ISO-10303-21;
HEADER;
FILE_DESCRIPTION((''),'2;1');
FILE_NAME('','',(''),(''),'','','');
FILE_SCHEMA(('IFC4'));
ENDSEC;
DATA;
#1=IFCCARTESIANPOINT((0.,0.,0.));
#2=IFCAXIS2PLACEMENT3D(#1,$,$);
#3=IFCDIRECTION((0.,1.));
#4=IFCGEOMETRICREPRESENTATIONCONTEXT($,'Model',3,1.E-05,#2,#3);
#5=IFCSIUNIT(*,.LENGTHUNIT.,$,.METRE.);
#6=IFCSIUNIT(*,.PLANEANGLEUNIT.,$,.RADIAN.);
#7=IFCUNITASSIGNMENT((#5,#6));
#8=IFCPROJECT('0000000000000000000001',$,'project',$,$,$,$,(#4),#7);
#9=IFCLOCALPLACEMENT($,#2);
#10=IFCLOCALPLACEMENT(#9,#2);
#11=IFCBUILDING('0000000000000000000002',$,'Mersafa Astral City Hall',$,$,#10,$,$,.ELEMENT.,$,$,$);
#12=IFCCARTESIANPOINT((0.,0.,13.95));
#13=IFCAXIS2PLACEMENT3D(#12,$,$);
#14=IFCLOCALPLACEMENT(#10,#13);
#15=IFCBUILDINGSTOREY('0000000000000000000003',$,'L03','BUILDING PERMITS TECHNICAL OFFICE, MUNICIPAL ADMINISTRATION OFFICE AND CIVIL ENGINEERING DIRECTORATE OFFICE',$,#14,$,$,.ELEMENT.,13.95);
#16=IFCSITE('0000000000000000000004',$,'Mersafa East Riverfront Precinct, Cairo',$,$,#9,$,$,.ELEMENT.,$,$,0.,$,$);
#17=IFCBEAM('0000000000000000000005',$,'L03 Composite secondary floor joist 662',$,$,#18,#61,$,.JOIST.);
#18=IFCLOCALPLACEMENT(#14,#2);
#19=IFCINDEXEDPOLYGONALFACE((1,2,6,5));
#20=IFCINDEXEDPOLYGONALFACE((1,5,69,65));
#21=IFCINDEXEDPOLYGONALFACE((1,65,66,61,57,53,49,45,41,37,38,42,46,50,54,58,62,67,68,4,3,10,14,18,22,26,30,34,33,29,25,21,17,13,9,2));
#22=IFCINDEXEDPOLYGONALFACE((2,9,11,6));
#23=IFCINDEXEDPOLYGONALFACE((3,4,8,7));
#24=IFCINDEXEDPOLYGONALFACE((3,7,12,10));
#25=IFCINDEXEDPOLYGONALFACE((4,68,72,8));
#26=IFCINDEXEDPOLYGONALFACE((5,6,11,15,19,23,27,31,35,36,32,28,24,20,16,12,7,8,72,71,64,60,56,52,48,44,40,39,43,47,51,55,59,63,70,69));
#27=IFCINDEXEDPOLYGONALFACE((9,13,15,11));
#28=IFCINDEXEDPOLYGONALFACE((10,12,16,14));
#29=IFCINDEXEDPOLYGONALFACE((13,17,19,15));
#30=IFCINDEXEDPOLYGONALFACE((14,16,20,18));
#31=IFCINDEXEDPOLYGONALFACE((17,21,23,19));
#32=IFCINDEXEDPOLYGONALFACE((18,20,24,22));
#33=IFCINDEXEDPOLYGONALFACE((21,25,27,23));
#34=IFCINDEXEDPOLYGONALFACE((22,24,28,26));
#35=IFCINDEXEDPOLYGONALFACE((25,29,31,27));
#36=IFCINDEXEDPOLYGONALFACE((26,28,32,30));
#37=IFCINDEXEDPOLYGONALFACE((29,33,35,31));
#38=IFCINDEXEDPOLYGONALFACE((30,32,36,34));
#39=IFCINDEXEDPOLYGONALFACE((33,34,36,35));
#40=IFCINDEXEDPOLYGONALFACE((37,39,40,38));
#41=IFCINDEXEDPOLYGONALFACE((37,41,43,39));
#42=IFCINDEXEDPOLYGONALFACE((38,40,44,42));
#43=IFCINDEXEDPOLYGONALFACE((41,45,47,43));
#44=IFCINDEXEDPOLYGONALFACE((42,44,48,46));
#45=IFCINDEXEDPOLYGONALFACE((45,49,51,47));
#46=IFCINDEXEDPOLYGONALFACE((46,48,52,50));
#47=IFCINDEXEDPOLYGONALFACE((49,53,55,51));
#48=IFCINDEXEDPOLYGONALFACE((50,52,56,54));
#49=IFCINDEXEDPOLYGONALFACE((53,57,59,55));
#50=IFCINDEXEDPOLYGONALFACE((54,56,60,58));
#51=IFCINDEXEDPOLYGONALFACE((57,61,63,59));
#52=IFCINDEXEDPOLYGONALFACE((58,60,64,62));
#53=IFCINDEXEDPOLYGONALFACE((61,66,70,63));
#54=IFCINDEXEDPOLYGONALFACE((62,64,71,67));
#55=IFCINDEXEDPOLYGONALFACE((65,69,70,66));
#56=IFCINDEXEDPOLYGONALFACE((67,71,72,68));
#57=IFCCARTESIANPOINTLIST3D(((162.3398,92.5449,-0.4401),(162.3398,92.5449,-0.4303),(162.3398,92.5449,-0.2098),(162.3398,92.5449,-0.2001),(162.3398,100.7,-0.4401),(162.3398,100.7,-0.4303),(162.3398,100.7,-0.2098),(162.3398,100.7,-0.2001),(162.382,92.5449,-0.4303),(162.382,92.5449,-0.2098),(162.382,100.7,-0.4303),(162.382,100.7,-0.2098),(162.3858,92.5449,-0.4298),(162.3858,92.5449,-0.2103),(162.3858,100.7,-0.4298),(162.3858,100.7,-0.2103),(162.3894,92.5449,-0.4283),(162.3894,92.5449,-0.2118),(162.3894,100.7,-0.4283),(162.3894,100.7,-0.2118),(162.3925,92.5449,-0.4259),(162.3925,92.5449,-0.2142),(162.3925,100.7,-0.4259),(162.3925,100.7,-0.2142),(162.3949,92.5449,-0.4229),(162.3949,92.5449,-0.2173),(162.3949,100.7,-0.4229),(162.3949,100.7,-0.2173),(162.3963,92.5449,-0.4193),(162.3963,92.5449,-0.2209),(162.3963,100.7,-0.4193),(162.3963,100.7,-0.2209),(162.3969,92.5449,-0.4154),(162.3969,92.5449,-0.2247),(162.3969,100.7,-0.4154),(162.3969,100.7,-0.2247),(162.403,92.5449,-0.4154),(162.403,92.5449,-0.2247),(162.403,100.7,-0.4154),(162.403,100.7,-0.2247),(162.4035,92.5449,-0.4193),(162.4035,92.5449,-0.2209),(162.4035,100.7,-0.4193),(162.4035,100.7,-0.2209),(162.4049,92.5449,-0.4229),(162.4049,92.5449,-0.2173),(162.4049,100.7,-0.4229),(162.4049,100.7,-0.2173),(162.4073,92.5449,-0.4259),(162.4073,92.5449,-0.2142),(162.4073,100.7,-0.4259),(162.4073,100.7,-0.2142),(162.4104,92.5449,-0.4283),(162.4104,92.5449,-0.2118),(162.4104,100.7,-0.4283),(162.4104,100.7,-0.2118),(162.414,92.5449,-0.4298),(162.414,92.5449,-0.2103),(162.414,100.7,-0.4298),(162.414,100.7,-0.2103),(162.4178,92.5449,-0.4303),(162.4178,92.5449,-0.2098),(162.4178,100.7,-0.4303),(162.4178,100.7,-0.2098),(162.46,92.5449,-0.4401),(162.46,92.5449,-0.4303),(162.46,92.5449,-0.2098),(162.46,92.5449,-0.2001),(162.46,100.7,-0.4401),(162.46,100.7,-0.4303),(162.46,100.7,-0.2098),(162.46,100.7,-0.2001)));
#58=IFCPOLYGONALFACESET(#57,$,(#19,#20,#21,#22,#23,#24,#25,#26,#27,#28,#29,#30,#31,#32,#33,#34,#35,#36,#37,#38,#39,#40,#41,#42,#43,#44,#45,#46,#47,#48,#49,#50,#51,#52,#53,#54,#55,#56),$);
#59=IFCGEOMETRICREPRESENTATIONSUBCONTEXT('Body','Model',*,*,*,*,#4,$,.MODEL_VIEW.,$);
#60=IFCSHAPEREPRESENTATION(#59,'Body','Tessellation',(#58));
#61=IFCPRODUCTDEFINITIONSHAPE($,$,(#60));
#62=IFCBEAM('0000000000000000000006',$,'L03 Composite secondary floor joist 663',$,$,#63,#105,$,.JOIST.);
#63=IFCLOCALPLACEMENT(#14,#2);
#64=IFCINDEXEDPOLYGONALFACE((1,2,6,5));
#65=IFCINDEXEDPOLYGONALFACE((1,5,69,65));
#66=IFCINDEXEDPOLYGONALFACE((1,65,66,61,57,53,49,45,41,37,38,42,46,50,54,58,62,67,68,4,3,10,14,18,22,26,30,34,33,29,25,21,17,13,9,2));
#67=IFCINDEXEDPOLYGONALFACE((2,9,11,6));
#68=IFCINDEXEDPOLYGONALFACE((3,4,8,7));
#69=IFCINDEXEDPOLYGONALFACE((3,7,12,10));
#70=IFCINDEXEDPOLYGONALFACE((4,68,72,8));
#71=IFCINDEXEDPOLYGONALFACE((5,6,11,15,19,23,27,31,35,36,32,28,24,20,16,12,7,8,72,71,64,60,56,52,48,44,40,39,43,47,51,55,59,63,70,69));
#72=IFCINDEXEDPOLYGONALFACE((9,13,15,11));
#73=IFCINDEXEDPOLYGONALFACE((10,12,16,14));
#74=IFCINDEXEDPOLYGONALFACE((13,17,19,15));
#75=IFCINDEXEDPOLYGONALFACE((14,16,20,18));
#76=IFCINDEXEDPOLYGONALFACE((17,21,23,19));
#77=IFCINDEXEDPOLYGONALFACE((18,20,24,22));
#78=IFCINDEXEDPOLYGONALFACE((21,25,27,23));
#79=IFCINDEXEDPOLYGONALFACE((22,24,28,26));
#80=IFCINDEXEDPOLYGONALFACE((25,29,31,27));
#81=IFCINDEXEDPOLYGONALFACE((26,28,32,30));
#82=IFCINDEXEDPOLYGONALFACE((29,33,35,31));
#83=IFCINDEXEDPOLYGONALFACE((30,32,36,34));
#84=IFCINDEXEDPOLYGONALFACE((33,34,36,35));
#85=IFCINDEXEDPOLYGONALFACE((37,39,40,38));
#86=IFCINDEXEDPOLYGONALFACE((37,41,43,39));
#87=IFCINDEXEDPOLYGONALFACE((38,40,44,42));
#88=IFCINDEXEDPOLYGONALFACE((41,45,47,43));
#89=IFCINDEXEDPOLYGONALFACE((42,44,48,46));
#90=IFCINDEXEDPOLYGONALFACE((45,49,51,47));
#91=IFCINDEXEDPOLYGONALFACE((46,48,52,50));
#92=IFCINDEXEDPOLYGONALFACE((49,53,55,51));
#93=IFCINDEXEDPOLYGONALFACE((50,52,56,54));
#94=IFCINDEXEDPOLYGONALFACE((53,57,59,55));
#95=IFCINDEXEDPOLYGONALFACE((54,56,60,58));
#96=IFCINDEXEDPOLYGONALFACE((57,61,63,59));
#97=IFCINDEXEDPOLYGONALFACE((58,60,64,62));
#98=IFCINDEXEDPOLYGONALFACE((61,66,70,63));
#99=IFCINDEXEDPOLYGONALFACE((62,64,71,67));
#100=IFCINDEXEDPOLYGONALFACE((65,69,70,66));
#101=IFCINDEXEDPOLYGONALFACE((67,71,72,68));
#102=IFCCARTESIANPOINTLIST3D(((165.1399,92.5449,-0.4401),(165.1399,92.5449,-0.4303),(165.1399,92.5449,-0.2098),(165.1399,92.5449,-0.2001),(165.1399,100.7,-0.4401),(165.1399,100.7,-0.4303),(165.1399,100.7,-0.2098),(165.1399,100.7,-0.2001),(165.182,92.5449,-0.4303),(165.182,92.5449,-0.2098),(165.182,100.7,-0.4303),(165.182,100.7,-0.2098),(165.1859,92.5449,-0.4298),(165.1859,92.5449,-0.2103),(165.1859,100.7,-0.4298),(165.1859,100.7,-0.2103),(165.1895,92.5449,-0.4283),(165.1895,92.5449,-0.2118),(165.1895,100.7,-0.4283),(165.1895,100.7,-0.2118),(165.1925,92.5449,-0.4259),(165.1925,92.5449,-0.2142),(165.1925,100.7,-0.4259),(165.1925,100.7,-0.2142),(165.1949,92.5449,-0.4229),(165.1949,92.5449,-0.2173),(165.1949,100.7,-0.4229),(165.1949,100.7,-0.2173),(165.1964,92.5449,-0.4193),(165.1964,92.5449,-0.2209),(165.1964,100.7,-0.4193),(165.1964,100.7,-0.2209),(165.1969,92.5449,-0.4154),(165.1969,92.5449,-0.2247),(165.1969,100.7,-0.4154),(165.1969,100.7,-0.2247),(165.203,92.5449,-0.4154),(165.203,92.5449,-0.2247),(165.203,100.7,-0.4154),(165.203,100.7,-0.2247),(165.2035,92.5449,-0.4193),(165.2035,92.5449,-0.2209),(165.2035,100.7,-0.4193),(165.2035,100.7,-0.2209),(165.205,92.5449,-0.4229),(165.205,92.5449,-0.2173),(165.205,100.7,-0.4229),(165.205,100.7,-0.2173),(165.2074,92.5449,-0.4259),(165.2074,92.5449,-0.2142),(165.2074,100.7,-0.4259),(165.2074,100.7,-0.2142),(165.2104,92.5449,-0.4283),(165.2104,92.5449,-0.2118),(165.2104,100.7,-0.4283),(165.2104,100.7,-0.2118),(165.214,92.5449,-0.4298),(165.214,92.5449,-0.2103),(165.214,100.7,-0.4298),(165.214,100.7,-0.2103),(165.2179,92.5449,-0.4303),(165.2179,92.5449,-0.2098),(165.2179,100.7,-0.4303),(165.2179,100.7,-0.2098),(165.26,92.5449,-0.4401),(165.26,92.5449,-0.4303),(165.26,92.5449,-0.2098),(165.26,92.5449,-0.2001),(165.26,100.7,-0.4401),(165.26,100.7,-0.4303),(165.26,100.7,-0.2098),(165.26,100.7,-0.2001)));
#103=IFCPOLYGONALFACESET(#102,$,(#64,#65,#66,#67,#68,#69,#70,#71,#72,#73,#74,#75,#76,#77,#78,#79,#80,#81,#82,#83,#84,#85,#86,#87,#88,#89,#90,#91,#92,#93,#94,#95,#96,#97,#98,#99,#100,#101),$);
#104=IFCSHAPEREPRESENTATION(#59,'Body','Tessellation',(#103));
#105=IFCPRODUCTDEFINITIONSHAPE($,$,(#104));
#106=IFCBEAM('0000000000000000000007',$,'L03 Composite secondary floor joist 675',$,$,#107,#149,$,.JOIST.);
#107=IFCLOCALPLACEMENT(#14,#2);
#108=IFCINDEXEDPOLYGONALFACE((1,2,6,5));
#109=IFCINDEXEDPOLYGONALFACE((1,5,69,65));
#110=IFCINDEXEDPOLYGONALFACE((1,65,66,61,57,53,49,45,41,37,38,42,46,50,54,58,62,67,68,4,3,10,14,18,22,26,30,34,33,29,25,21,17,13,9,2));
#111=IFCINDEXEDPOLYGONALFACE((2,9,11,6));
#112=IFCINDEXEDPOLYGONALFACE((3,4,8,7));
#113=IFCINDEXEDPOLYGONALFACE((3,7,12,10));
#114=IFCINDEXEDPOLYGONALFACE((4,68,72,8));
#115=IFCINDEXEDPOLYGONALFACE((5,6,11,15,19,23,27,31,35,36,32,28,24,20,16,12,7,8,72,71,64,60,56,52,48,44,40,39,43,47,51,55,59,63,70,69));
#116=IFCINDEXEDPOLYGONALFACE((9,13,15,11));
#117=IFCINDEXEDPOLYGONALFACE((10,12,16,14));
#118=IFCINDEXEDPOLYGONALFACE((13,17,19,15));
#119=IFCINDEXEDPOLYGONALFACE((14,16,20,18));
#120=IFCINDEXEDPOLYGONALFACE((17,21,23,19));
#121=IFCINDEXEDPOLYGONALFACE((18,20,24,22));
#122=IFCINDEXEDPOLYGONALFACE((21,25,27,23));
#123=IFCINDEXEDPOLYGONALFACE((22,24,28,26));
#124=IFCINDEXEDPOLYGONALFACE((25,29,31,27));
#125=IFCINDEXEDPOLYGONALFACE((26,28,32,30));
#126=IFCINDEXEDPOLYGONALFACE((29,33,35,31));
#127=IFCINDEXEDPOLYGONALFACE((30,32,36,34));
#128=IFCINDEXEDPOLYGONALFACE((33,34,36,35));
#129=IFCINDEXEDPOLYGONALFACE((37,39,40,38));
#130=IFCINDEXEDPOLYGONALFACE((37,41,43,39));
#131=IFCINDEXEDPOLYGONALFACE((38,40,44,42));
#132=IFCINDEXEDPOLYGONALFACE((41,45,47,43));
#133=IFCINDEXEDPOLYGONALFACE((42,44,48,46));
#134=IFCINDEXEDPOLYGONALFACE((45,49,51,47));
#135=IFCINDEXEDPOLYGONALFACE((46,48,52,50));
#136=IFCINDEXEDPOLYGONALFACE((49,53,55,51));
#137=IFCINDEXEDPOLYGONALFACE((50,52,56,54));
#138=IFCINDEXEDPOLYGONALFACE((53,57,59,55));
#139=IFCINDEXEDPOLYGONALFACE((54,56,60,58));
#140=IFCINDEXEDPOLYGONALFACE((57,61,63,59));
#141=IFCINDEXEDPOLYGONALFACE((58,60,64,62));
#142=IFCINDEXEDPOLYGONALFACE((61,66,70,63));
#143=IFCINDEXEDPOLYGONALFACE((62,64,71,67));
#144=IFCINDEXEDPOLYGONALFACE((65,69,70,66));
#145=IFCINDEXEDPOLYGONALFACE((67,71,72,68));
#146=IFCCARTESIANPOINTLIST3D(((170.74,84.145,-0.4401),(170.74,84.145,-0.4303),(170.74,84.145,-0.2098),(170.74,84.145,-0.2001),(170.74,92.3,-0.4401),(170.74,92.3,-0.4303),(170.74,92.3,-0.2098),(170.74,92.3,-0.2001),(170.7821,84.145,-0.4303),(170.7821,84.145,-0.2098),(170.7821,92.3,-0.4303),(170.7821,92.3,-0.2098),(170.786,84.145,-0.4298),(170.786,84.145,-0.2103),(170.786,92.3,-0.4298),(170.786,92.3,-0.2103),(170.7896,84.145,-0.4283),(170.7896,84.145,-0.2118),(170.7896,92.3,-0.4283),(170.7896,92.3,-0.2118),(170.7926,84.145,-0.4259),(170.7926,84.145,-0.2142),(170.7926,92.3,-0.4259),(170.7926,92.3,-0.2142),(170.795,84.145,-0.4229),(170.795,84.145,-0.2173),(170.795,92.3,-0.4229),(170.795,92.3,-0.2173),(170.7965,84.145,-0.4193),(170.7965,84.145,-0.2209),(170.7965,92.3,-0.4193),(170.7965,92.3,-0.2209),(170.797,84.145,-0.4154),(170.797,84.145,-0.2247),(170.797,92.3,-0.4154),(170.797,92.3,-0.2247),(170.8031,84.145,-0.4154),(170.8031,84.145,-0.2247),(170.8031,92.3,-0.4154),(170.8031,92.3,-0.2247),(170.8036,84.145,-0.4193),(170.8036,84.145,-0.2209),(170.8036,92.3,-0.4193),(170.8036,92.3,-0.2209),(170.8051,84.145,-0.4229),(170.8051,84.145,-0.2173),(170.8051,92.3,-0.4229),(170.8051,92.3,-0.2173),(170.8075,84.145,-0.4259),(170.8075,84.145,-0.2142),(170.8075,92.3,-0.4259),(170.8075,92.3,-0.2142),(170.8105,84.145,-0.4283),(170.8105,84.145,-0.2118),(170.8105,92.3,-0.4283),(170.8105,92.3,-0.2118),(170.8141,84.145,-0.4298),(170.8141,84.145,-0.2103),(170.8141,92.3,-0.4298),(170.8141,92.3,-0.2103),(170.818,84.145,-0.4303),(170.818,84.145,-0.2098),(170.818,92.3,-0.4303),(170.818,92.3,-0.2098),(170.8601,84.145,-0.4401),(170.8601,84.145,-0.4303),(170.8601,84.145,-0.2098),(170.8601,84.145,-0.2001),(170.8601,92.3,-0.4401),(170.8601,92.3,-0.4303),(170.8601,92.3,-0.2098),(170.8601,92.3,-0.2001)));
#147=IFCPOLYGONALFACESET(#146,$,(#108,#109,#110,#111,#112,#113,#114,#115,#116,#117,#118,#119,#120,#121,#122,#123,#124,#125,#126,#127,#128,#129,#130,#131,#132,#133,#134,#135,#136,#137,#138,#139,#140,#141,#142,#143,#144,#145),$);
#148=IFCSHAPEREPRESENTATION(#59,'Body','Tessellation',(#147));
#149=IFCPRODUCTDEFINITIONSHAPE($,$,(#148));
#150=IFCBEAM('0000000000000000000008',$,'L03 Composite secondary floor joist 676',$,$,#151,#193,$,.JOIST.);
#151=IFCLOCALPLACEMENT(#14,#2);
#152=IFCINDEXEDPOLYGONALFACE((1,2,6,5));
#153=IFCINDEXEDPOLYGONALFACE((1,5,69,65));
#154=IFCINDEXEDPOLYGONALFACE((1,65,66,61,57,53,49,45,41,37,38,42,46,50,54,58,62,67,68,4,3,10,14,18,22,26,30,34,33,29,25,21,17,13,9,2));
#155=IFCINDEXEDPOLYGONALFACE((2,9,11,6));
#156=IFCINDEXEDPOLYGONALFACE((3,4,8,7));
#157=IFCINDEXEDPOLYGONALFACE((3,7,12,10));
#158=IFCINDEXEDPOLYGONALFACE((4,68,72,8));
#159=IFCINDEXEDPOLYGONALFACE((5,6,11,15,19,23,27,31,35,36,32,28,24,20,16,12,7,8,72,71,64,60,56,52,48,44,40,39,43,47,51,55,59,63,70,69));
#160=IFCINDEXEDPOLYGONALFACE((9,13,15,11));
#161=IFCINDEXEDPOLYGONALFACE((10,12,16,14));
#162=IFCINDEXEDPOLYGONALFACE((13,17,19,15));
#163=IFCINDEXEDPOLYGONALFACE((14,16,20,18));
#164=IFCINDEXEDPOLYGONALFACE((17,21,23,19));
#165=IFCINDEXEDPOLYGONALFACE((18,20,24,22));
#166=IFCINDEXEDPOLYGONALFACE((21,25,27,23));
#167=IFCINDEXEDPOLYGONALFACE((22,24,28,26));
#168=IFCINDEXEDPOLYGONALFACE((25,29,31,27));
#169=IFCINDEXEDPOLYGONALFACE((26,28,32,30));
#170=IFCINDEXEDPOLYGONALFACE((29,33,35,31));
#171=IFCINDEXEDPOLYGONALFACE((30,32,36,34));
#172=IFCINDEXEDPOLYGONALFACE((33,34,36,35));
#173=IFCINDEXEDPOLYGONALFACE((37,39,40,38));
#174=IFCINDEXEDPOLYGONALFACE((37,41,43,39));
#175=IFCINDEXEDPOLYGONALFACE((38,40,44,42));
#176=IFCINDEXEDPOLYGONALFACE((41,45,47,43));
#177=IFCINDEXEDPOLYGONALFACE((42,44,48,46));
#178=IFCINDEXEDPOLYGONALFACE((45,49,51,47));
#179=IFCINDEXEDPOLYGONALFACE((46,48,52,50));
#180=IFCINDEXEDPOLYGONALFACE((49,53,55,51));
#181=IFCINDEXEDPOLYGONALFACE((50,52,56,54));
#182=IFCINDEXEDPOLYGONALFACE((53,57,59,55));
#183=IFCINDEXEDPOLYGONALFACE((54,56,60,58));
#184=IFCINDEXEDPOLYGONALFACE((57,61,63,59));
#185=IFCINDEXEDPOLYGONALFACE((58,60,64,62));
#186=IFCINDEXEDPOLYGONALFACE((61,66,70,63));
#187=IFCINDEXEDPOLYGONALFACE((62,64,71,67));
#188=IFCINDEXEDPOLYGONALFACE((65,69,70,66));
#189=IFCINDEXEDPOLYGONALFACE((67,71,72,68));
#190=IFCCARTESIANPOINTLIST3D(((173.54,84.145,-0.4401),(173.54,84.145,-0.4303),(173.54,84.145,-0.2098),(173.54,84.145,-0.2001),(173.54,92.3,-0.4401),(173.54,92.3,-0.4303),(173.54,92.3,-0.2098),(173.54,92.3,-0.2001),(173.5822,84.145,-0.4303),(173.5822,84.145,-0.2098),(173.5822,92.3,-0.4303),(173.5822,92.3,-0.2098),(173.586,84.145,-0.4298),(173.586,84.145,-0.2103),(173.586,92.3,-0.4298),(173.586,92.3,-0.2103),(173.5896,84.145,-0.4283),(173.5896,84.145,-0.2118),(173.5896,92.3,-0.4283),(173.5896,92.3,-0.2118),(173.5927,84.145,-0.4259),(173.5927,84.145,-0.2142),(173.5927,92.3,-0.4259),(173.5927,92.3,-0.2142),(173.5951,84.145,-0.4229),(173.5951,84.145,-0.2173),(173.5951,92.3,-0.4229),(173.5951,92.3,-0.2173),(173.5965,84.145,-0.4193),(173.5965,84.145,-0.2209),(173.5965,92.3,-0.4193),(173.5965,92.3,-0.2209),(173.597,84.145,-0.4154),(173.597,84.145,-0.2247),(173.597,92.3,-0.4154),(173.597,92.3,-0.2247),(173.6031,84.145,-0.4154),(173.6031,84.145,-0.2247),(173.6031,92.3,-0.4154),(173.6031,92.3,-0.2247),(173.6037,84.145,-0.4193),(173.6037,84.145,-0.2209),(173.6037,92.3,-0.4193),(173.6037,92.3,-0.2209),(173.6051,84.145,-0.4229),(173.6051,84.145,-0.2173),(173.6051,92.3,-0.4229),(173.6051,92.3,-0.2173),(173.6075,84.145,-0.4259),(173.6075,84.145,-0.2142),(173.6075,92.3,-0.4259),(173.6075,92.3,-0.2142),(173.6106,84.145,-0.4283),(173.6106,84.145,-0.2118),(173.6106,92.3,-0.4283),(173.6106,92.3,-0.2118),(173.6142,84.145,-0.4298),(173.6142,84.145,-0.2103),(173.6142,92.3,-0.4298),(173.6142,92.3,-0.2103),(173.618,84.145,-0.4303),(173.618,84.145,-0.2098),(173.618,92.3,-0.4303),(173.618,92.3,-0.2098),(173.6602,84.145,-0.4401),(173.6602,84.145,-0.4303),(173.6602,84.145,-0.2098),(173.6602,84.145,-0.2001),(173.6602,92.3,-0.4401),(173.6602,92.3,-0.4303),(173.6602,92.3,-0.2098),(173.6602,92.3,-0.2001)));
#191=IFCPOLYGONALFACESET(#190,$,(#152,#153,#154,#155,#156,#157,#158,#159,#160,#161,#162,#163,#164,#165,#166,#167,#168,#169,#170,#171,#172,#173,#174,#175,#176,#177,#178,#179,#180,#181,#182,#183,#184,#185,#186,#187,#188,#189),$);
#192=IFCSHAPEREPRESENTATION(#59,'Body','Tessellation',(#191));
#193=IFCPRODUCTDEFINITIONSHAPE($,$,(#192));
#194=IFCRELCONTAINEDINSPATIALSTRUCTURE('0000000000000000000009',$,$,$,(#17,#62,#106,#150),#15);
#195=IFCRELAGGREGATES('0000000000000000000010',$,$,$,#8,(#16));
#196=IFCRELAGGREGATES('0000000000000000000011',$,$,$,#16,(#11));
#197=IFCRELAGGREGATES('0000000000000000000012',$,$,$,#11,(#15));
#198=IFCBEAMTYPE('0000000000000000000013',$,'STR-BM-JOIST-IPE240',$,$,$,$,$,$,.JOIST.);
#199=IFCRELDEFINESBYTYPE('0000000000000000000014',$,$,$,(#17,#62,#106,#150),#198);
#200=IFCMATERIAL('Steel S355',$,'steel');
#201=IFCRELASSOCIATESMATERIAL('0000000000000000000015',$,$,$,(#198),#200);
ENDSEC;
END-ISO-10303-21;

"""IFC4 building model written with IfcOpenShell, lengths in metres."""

from ifc_helpers import new_model, si_unit, direction, frame, origin, origin_2d, place, context, subcontext, project, spatial, i_section, extrude, material, material_profile, profile_set, type_object, element, save


model = new_model("IFC4")

# Units and contexts
model_context = context("Model", 3, precision=1e-05, world=origin(), true_north=direction((0.0, 1.0)))
body_context = subcontext(model_context, "Body", "Model", "MODEL_VIEW")
ifc_project = project(units=[si_unit("LENGTHUNIT", "METRE"), si_unit("PLANEANGLEUNIT", "RADIAN")], contexts=[model_context])

# Site, building, storey
site_placement = place(None, origin())
site = spatial("IfcSite", under=ifc_project, at=site_placement, Name="Mersafa East Riverfront Precinct, Cairo", CompositionType="ELEMENT", RefElevation=0.0)
building_placement = place(site_placement, origin())
building = spatial("IfcBuilding", under=site, at=building_placement, Name="Mersafa Astral City Hall", CompositionType="ELEMENT")
storey_placement = place(building_placement, frame((0.0, 0.0, 13.95)))
storey = spatial("IfcBuildingStorey", under=building, at=storey_placement, Name="L03", Description="BUILDING PERMITS TECHNICAL OFFICE, MUNICIPAL ADMINISTRATION OFFICE AND CIVIL ENGINEERING DIRECTORATE OFFICE", CompositionType="ELEMENT", Elevation=13.95)

# Shared definitions
ifc_material_1 = material(Name="Steel S355", Category="steel")

# Beams
ifc_material_profile_1 = material_profile(ifc_material_1, i_section(OverallWidth=0.1201, OverallDepth=0.24, WebThickness=0.0061, FlangeThickness=0.0098, FilletRadius=0.0149, at=origin_2d()), Name="IPE 240")
ifc_profile_set_1 = profile_set([ifc_material_profile_1], Name="Steel S355")
beam_type_1 = type_object("IfcBeamType", Name="STR-BM-JOIST-IPE240", PredefinedType="JOIST", material=ifc_profile_set_1)
for number, where, z_axis, x_axis, name in (
    (1, (162.3999, 92.5449, -0.3201), (0.0, 1.0, 0.0), (-1.0, 0.0, 0.0), "L03 Composite secondary floor joist 662"),
    (2, (165.2, 92.5449, -0.3201), (0.0, 1.0, 0.0), (-1.0, 0.0, 0.0), "L03 Composite secondary floor joist 663"),
    (3, (170.8, 84.145, -0.3201), (0.0, 1.0, 0.0), (-1.0, 0.0, 0.0), "L03 Composite secondary floor joist 675"),
    (4, (173.6001, 84.145, -0.3201), (0.0, 1.0, 0.0), (-1.0, 0.0, 0.0), "L03 Composite secondary floor joist 676"),
):
    element("IfcBeam", number, at=place(storey_placement, frame(where, z_axis=z_axis, x_axis=x_axis)), inside=storey, type_object=beam_type_1, Name=name, PredefinedType="JOIST", context=body_context, shape_type="SweptSolid", body=[
        extrude(i_section(OverallWidth=0.1201, OverallDepth=0.24, WebThickness=0.0061, FlangeThickness=0.0098, FilletRadius=0.0149, at=origin_2d()), origin(), (0.0, 0.0, 1.0), 8.155),
    ])

save(model, "model.ifc")
